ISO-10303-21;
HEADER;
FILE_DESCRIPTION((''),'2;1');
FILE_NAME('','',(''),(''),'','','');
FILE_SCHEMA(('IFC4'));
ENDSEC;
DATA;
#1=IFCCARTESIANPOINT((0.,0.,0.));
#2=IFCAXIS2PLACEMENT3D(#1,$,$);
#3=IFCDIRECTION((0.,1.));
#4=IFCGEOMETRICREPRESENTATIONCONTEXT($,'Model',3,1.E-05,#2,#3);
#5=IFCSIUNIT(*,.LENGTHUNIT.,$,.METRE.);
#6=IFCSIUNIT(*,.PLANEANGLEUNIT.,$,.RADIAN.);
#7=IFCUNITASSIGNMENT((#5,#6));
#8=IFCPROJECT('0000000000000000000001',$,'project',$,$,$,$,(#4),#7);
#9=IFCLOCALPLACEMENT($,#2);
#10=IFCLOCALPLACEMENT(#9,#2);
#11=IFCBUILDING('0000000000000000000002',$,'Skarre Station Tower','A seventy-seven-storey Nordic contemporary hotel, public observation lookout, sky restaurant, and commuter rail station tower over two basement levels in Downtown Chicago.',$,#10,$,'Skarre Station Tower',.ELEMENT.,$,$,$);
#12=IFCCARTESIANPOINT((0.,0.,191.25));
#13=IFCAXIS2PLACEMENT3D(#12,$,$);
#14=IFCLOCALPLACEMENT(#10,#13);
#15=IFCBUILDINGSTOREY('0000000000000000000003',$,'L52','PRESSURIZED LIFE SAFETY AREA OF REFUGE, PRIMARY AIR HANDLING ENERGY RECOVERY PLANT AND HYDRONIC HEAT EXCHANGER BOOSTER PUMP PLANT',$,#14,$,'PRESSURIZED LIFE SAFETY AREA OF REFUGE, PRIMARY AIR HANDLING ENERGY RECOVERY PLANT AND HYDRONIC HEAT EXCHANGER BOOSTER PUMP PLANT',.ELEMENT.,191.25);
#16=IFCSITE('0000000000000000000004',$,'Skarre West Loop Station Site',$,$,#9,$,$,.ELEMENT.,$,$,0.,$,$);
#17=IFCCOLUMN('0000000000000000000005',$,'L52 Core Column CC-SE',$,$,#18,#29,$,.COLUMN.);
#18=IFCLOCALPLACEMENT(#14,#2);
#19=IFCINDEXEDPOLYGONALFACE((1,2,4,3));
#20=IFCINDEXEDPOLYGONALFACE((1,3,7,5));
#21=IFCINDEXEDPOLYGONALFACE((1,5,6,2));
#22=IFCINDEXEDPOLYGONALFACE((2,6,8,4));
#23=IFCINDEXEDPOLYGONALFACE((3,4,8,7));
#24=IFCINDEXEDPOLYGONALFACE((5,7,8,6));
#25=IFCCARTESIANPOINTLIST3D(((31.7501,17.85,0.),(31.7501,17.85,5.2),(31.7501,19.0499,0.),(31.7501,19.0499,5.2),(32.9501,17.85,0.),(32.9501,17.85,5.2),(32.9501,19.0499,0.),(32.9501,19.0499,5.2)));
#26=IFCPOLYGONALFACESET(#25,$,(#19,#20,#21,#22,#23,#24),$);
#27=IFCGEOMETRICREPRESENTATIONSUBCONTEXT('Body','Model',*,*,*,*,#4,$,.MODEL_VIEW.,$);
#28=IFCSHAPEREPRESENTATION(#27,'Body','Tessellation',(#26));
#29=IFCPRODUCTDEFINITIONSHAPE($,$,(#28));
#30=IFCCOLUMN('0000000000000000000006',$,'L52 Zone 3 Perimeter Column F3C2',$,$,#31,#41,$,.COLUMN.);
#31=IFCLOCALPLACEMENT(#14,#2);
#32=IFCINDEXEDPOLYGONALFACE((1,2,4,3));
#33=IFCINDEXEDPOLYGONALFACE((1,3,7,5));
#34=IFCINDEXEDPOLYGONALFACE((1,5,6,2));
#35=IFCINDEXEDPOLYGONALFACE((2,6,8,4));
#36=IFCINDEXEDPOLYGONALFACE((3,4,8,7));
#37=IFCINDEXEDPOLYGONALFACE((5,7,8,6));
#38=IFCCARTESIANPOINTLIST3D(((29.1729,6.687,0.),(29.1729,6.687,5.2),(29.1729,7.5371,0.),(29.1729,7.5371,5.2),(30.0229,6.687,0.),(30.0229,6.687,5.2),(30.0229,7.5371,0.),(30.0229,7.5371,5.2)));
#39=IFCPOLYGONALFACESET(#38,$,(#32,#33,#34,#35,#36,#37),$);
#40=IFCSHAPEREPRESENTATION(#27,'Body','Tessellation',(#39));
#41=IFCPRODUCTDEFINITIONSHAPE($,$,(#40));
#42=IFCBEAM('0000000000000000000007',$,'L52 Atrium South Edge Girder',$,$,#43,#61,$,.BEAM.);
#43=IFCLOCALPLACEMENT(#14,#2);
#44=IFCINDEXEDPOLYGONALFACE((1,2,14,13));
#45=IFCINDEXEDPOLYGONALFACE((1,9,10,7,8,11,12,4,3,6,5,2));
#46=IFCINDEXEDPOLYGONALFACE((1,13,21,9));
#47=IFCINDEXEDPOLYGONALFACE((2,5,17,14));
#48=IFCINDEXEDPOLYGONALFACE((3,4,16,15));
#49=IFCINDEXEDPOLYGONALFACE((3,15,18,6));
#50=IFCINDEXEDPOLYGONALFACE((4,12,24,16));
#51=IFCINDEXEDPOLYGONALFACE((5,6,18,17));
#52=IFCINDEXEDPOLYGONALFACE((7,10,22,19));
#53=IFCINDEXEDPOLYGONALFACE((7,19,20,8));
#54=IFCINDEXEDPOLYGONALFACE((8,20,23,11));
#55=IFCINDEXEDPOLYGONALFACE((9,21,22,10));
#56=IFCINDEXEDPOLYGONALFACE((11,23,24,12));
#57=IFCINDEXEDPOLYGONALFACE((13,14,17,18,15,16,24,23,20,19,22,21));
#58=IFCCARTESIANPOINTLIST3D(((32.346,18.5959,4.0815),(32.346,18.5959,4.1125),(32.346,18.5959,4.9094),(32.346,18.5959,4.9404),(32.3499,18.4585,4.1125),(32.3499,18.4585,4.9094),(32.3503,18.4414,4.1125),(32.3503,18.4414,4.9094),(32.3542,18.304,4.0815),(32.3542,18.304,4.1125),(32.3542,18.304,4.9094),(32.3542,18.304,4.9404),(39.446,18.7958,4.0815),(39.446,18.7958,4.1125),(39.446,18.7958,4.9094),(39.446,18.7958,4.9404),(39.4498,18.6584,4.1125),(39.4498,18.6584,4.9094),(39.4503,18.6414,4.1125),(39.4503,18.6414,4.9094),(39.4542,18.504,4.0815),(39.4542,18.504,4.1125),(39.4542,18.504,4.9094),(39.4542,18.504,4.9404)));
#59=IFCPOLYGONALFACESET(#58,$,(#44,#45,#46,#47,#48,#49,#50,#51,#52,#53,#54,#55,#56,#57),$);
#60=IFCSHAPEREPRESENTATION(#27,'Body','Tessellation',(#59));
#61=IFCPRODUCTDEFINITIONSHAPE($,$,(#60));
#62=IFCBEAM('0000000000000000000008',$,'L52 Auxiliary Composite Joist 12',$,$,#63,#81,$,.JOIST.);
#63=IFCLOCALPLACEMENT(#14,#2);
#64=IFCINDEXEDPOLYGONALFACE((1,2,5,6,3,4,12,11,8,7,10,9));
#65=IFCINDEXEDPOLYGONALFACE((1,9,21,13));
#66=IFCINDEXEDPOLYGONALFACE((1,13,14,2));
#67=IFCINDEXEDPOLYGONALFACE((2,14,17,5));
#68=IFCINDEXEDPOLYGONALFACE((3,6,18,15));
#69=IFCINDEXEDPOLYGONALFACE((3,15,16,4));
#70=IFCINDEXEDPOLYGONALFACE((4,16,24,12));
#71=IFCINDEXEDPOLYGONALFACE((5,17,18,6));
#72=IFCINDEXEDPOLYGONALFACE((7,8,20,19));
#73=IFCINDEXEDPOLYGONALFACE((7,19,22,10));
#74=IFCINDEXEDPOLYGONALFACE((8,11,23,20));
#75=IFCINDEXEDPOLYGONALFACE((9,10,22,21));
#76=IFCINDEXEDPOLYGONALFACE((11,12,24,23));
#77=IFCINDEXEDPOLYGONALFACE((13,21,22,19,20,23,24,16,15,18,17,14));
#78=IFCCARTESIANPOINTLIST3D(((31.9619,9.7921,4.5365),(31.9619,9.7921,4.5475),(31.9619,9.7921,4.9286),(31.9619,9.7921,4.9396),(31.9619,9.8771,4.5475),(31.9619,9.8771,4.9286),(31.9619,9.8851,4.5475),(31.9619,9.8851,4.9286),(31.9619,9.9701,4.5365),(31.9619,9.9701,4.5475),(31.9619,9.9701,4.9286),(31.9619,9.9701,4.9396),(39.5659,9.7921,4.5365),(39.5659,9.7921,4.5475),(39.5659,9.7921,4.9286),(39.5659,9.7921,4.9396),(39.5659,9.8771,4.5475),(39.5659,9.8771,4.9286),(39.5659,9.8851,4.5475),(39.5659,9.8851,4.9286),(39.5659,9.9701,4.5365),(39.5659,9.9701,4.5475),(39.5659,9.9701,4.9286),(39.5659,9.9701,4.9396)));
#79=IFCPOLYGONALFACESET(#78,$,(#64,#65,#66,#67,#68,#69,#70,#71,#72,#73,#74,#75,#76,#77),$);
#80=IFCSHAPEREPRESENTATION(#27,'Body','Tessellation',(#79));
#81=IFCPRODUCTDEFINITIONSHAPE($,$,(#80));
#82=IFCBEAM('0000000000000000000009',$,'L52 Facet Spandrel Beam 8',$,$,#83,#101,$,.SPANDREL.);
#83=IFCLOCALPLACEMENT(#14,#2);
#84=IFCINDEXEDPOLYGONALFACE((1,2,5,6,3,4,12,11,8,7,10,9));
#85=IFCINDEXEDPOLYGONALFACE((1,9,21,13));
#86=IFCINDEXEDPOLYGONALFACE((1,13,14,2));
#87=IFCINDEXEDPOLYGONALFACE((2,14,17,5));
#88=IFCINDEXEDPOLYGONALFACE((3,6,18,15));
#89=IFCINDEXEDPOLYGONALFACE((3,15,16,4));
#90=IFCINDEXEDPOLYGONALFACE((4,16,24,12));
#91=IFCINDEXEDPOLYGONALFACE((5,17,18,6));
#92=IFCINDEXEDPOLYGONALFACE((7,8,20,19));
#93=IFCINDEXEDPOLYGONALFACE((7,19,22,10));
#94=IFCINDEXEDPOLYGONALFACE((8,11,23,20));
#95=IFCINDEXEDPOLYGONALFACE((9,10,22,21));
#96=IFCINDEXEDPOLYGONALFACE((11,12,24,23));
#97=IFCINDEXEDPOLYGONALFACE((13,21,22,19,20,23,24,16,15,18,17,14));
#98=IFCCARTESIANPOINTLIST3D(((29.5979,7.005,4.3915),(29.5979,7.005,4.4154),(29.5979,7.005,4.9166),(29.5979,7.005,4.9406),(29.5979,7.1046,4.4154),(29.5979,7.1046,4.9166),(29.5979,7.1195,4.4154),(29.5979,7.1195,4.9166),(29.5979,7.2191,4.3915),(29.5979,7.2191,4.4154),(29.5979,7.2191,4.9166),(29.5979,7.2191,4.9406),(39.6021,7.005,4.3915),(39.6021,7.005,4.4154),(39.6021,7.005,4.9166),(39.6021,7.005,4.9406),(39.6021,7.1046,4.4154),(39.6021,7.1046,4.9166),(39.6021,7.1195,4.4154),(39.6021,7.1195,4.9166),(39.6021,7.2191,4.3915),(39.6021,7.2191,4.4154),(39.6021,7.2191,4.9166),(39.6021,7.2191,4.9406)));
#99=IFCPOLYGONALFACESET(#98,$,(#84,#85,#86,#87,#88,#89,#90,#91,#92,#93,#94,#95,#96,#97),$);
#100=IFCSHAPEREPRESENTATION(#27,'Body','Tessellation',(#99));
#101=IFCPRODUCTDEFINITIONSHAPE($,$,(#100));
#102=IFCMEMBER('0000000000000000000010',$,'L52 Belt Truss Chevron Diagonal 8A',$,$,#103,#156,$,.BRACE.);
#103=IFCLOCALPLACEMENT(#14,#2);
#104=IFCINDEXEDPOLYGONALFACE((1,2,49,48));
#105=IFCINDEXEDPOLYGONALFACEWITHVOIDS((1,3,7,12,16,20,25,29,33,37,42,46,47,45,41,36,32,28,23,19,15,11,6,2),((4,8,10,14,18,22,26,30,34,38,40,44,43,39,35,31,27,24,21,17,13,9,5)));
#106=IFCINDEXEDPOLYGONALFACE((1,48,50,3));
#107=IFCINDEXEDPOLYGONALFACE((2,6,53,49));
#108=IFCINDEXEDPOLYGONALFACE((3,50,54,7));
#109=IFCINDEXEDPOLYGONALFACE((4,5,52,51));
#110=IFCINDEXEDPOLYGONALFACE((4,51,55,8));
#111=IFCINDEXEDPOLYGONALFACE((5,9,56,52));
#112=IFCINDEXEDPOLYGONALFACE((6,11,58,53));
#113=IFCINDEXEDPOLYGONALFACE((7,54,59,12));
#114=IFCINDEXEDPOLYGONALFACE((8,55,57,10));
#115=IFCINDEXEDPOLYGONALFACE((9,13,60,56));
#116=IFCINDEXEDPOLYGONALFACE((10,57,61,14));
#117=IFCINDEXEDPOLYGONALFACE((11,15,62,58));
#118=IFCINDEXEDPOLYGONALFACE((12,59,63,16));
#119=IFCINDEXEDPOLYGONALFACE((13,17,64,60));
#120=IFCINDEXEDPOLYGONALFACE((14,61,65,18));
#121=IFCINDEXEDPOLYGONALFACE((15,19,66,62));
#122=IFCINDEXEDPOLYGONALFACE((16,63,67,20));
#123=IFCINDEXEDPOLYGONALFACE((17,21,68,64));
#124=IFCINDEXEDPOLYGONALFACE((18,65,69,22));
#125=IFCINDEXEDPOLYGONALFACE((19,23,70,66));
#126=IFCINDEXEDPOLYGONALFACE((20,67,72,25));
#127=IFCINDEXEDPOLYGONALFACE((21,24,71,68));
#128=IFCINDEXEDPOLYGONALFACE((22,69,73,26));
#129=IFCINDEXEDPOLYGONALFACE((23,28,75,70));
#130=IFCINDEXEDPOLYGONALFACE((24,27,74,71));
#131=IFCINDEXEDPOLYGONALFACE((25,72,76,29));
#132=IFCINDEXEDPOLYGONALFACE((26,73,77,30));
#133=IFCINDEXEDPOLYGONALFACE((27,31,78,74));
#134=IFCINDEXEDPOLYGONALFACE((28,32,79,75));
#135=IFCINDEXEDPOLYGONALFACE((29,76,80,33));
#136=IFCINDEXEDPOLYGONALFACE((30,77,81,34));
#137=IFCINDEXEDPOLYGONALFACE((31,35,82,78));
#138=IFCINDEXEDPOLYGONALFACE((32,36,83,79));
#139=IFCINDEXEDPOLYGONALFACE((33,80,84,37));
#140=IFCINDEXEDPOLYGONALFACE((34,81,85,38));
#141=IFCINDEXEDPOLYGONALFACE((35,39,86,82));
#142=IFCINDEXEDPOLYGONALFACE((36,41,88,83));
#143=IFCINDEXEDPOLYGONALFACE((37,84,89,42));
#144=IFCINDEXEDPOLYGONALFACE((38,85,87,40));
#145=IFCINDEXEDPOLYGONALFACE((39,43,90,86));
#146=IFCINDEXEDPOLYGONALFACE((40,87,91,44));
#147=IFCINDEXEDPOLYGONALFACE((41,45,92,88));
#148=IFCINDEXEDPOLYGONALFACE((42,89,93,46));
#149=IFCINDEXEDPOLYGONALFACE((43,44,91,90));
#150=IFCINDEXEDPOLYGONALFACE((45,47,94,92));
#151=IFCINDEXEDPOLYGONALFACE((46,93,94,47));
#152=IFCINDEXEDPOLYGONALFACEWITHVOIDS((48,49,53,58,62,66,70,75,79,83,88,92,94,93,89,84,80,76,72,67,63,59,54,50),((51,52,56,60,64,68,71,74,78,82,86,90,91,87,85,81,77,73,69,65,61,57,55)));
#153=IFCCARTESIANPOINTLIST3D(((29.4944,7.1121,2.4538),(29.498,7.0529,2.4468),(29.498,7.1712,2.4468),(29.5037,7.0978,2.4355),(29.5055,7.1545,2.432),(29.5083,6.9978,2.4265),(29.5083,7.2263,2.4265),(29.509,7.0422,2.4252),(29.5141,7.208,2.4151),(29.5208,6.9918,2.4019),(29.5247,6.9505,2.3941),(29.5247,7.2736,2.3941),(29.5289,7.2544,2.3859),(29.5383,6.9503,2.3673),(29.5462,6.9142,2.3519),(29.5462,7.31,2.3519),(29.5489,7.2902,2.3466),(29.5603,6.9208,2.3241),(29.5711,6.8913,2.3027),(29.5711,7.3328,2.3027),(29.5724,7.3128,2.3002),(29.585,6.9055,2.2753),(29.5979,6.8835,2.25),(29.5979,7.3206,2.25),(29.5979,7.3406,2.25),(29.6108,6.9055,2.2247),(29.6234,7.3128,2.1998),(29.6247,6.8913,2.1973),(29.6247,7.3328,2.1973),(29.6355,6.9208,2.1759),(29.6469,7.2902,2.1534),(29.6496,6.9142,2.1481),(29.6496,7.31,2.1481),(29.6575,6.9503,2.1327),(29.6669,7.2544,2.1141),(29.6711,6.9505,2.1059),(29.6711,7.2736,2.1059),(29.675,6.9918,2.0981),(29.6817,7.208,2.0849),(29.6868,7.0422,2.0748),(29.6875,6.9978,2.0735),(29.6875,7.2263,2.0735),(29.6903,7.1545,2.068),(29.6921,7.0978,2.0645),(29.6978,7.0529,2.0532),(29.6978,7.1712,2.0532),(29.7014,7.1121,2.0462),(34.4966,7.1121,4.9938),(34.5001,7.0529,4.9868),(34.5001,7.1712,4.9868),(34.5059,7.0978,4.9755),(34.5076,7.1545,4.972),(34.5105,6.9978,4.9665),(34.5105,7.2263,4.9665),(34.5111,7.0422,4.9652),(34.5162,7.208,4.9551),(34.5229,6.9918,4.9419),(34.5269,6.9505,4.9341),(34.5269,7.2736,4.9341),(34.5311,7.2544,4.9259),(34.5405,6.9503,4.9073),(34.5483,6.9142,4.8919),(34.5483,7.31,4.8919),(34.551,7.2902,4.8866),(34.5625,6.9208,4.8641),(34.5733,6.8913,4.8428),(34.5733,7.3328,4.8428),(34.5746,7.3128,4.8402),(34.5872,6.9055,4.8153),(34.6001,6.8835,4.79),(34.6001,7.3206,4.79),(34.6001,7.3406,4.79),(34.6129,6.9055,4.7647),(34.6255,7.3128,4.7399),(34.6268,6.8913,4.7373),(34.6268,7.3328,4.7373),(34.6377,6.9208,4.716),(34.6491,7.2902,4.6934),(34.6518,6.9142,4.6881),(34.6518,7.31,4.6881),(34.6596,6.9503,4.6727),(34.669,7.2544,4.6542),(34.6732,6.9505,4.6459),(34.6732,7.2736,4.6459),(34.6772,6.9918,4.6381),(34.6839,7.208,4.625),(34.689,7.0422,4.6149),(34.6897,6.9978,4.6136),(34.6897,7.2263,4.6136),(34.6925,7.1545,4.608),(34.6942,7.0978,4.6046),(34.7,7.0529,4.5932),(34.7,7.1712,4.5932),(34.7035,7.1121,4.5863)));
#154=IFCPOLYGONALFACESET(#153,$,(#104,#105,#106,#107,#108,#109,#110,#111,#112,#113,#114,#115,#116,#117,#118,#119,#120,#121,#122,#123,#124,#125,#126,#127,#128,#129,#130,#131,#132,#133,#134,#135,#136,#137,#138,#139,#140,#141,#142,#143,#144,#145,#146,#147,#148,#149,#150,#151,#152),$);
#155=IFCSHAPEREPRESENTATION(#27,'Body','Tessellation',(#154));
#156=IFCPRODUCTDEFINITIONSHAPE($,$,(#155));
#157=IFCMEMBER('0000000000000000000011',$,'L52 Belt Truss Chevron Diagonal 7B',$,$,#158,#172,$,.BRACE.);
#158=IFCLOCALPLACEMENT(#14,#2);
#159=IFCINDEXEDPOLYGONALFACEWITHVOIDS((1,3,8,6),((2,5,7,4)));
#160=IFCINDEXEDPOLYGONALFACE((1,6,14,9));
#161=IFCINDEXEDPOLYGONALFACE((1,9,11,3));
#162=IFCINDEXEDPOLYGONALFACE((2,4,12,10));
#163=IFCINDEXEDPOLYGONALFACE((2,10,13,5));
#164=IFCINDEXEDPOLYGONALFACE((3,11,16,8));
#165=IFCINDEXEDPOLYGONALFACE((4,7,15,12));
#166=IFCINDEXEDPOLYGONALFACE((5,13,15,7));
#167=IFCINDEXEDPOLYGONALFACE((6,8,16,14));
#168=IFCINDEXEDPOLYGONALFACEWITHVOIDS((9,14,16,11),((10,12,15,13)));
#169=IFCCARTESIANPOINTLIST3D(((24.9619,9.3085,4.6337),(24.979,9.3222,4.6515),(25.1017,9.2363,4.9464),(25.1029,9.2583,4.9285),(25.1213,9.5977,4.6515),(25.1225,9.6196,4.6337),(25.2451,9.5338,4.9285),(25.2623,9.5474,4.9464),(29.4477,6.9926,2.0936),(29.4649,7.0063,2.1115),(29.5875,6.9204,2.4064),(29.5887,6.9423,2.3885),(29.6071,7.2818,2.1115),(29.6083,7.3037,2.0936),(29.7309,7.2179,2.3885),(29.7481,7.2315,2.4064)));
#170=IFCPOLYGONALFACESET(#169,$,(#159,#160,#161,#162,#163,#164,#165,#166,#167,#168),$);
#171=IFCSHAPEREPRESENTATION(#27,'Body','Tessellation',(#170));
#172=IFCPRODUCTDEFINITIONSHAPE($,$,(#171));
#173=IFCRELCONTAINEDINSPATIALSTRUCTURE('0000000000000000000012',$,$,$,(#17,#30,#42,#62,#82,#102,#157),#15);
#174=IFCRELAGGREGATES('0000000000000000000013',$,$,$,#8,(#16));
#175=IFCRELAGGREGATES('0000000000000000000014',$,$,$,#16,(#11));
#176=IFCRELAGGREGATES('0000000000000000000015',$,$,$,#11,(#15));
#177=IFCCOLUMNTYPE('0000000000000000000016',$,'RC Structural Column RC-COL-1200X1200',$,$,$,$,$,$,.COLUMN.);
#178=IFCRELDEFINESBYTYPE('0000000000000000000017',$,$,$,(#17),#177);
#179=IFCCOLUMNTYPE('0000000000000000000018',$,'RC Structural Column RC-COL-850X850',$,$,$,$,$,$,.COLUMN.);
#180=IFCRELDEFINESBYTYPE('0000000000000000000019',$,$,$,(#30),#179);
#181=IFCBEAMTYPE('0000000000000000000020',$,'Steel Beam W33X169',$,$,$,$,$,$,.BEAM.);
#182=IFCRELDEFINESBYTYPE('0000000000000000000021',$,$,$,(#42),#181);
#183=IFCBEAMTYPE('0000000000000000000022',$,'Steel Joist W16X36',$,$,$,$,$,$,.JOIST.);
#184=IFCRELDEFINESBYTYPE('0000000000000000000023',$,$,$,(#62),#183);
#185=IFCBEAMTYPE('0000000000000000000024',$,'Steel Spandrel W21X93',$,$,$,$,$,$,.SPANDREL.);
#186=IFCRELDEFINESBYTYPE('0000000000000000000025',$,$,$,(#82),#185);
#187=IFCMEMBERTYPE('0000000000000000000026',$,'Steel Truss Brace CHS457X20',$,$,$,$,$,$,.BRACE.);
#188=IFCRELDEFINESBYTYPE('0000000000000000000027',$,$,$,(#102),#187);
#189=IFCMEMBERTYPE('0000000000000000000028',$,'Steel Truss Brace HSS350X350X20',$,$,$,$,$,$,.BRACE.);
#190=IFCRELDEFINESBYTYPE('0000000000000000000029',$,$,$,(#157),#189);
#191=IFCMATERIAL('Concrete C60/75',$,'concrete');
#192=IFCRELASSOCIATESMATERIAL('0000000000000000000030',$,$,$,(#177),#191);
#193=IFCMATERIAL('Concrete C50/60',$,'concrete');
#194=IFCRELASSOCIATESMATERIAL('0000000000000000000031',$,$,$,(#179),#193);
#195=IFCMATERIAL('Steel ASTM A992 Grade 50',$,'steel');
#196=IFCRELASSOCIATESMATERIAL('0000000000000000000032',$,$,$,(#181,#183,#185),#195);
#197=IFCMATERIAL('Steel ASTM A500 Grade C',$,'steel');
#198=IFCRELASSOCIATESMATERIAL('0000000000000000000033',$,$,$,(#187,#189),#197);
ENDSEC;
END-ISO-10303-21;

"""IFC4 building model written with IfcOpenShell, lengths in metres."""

from ifc_helpers import new_model, si_unit, direction, frame, origin, origin_2d, place, context, subcontext, project, spatial, rectangle, hollow_rectangle, hollow_circle, i_section, extrude, material, material_profile, profile_set, type_object, element, save


model = new_model("IFC4")

# Units and contexts
model_context = context("Model", 3, precision=1e-05, world=origin(), true_north=direction((0.0, 1.0)))
body_context = subcontext(model_context, "Body", "Model", "MODEL_VIEW")
ifc_project = project(units=[si_unit("LENGTHUNIT", "METRE"), si_unit("PLANEANGLEUNIT", "RADIAN")], contexts=[model_context])

# Site, building, storey
site_placement = place(None, origin())
site = spatial("IfcSite", under=ifc_project, at=site_placement, Name="Skarre West Loop Station Site", CompositionType="ELEMENT", RefElevation=0.0)
building_placement = place(site_placement, origin())
building = spatial("IfcBuilding", under=site, at=building_placement, Name="Skarre Station Tower", Description="A seventy-seven-storey Nordic contemporary hotel, public observation lookout, sky restaurant, and commuter rail station tower over two basement levels in Downtown Chicago.", LongName="Skarre Station Tower", CompositionType="ELEMENT")
storey_placement = place(building_placement, frame((0.0, 0.0, 191.25)))
storey = spatial("IfcBuildingStorey", under=building, at=storey_placement, Name="L52", Description="PRESSURIZED LIFE SAFETY AREA OF REFUGE, PRIMARY AIR HANDLING ENERGY RECOVERY PLANT AND HYDRONIC HEAT EXCHANGER BOOSTER PUMP PLANT", LongName="PRESSURIZED LIFE SAFETY AREA OF REFUGE, PRIMARY AIR HANDLING ENERGY RECOVERY PLANT AND HYDRONIC HEAT EXCHANGER BOOSTER PUMP PLANT", CompositionType="ELEMENT", Elevation=191.25)

# Columns
ifc_material_1 = material(Name="Concrete C60/75", Category="concrete")
ifc_material_profile_1 = material_profile(ifc_material_1, rectangle(XDim=1.2, YDim=1.2, at=origin_2d()), Name="Concrete C60/75")
ifc_profile_set_1 = profile_set([ifc_material_profile_1], Name="Concrete C60/75")
column_type_1 = type_object("IfcColumnType", Name="RC Structural Column RC-COL-1200X1200", PredefinedType="COLUMN", material=ifc_profile_set_1)
column_1_placement = place(storey_placement, frame((32.3501, 18.45, 0.0), z_axis=(0.0, 0.0, 1.0), x_axis=(1.0, 0.0, 0.0)))
element("IfcColumn", 1, at=column_1_placement, inside=storey, type_object=column_type_1, Name="L52 Core Column CC-SE", PredefinedType="COLUMN", context=body_context, shape_type="SweptSolid", body=[
    extrude(rectangle(XDim=1.2, YDim=1.2, at=origin_2d()), origin(), (0.0, 0.0, 1.0), 5.2),
])
ifc_material_2 = material(Name="Concrete C50/60", Category="concrete")
ifc_material_profile_2 = material_profile(ifc_material_2, rectangle(XDim=0.8501, YDim=0.8501, at=origin_2d()), Name="Concrete C50/60")
ifc_profile_set_2 = profile_set([ifc_material_profile_2], Name="Concrete C50/60")
column_type_2 = type_object("IfcColumnType", Name="RC Structural Column RC-COL-850X850", PredefinedType="COLUMN", material=ifc_profile_set_2)
column_2_placement = place(storey_placement, frame((29.5979, 7.1121, 0.0), z_axis=(0.0, 0.0, 1.0), x_axis=(1.0, 0.0, 0.0)))
element("IfcColumn", 2, at=column_2_placement, inside=storey, type_object=column_type_2, Name="L52 Zone 3 Perimeter Column F3C2", PredefinedType="COLUMN", context=body_context, shape_type="SweptSolid", body=[
    extrude(rectangle(XDim=0.8501, YDim=0.8501, at=origin_2d()), origin(), (0.0, 0.0, 1.0), 5.2),
])

# Beams
ifc_material_3 = material(Name="Steel ASTM A992 Grade 50", Category="steel")
ifc_material_profile_3 = material_profile(ifc_material_3, i_section(OverallWidth=0.292, OverallDepth=0.8589, WebThickness=0.0171, FlangeThickness=0.031, at=origin_2d()), Name="Steel ASTM A992 Grade 50")
ifc_profile_set_3 = profile_set([ifc_material_profile_3], Name="Steel ASTM A992 Grade 50")
beam_type_1 = type_object("IfcBeamType", Name="Steel Beam W33X169", PredefinedType="BEAM", material=ifc_profile_set_3)
beam_1_placement = place(storey_placement, frame((32.3501, 18.45, 4.511), z_axis=(0.999604, 0.028152, 0.0), x_axis=(-0.028152, 0.999604, 0.0)))
element("IfcBeam", 3, at=beam_1_placement, inside=storey, type_object=beam_type_1, Name="L52 Atrium South Edge Girder", PredefinedType="BEAM", context=body_context, shape_type="SweptSolid", body=[
    extrude(i_section(OverallWidth=0.292, OverallDepth=0.8589, WebThickness=0.0171, FlangeThickness=0.031, at=origin_2d()), origin(), (0.0, 0.0, 1.0), 7.1028),
])
ifc_material_profile_4 = material_profile(ifc_material_3, i_section(OverallWidth=0.178, OverallDepth=0.4031, WebThickness=0.0081, FlangeThickness=0.011, at=origin_2d()), Name="Steel ASTM A992 Grade 50")
ifc_profile_set_4 = profile_set([ifc_material_profile_4], Name="Steel ASTM A992 Grade 50")
beam_type_2 = type_object("IfcBeamType", Name="Steel Joist W16X36", PredefinedType="JOIST", material=ifc_profile_set_4)
beam_2_placement = place(storey_placement, frame((31.9619, 9.8811, 4.738), z_axis=(1.0, 0.0, 0.0), x_axis=(0.0, 1.0, 0.0)))
element("IfcBeam", 4, at=beam_2_placement, inside=storey, type_object=beam_type_2, Name="L52 Auxiliary Composite Joist 12", PredefinedType="JOIST", context=body_context, shape_type="SweptSolid", body=[
    extrude(i_section(OverallWidth=0.178, OverallDepth=0.4031, WebThickness=0.0081, FlangeThickness=0.011, at=origin_2d()), origin(), (0.0, 0.0, 1.0), 7.604),
])
ifc_material_profile_5 = material_profile(ifc_material_3, i_section(OverallWidth=0.2141, OverallDepth=0.5491, WebThickness=0.0149, FlangeThickness=0.0239, at=origin_2d()), Name="Steel ASTM A992 Grade 50")
ifc_profile_set_5 = profile_set([ifc_material_profile_5], Name="Steel ASTM A992 Grade 50")
beam_type_3 = type_object("IfcBeamType", Name="Steel Spandrel W21X93", PredefinedType="SPANDREL", material=ifc_profile_set_5)
beam_3_placement = place(storey_placement, frame((29.5979, 7.1121, 4.666), z_axis=(1.0, 0.0, 0.0), x_axis=(0.0, 1.0, 0.0)))
element("IfcBeam", 5, at=beam_3_placement, inside=storey, type_object=beam_type_3, Name="L52 Facet Spandrel Beam 8", PredefinedType="SPANDREL", context=body_context, shape_type="SweptSolid", body=[
    extrude(i_section(OverallWidth=0.2141, OverallDepth=0.5491, WebThickness=0.0149, FlangeThickness=0.0239, at=origin_2d()), origin(), (0.0, 0.0, 1.0), 10.0042),
])

# Members
ifc_material_4 = material(Name="Steel ASTM A500 Grade C", Category="steel")
ifc_material_profile_6 = material_profile(ifc_material_4, hollow_circle(Radius=0.2285, WallThickness=0.02, at=origin_2d()), Name="Steel ASTM A500 Grade C")
ifc_profile_set_6 = profile_set([ifc_material_profile_6], Name="Steel ASTM A500 Grade C")
member_type_1 = type_object("IfcMemberType", Name="Steel Truss Brace CHS457X20", PredefinedType="BRACE", material=ifc_profile_set_6)
member_1_placement = place(storey_placement, frame((29.5979, 7.1121, 2.25), z_axis=(0.891634, 0.0, 0.452758), x_axis=(0.0, 1.0, 0.0)))
element("IfcMember", 6, at=member_1_placement, inside=storey, type_object=member_type_1, Name="L52 Belt Truss Chevron Diagonal 8A", PredefinedType="BRACE", context=body_context, shape_type="SweptSolid", body=[
    extrude(hollow_circle(Radius=0.2285, WallThickness=0.02, at=origin_2d()), origin(), (0.0, 0.0, 1.0), 5.6101),
])
ifc_material_profile_7 = material_profile(ifc_material_4, hollow_rectangle(XDim=0.3501, YDim=0.3501, WallThickness=0.02, at=origin_2d()), Name="Steel ASTM A500 Grade C")
ifc_profile_set_7 = profile_set([ifc_material_profile_7], Name="Steel ASTM A500 Grade C")
member_type_2 = type_object("IfcMemberType", Name="Steel Truss Brace HSS350X350X20", PredefinedType="BRACE", material=ifc_profile_set_7)
member_2_placement = place(storey_placement, frame((29.5979, 7.1121, 2.25), z_axis=(-0.793761, 0.409797, 0.449455), x_axis=(-0.458744, -0.888569, 0.0)))
element("IfcMember", 7, at=member_2_placement, inside=storey, type_object=member_type_2, Name="L52 Belt Truss Chevron Diagonal 7B", PredefinedType="BRACE", context=body_context, shape_type="SweptSolid", body=[
    extrude(hollow_rectangle(XDim=0.3501, YDim=0.3501, WallThickness=0.02, at=origin_2d()), origin(), (0.0, 0.0, 1.0), 5.6514),
])

save(model, "model.ifc")
